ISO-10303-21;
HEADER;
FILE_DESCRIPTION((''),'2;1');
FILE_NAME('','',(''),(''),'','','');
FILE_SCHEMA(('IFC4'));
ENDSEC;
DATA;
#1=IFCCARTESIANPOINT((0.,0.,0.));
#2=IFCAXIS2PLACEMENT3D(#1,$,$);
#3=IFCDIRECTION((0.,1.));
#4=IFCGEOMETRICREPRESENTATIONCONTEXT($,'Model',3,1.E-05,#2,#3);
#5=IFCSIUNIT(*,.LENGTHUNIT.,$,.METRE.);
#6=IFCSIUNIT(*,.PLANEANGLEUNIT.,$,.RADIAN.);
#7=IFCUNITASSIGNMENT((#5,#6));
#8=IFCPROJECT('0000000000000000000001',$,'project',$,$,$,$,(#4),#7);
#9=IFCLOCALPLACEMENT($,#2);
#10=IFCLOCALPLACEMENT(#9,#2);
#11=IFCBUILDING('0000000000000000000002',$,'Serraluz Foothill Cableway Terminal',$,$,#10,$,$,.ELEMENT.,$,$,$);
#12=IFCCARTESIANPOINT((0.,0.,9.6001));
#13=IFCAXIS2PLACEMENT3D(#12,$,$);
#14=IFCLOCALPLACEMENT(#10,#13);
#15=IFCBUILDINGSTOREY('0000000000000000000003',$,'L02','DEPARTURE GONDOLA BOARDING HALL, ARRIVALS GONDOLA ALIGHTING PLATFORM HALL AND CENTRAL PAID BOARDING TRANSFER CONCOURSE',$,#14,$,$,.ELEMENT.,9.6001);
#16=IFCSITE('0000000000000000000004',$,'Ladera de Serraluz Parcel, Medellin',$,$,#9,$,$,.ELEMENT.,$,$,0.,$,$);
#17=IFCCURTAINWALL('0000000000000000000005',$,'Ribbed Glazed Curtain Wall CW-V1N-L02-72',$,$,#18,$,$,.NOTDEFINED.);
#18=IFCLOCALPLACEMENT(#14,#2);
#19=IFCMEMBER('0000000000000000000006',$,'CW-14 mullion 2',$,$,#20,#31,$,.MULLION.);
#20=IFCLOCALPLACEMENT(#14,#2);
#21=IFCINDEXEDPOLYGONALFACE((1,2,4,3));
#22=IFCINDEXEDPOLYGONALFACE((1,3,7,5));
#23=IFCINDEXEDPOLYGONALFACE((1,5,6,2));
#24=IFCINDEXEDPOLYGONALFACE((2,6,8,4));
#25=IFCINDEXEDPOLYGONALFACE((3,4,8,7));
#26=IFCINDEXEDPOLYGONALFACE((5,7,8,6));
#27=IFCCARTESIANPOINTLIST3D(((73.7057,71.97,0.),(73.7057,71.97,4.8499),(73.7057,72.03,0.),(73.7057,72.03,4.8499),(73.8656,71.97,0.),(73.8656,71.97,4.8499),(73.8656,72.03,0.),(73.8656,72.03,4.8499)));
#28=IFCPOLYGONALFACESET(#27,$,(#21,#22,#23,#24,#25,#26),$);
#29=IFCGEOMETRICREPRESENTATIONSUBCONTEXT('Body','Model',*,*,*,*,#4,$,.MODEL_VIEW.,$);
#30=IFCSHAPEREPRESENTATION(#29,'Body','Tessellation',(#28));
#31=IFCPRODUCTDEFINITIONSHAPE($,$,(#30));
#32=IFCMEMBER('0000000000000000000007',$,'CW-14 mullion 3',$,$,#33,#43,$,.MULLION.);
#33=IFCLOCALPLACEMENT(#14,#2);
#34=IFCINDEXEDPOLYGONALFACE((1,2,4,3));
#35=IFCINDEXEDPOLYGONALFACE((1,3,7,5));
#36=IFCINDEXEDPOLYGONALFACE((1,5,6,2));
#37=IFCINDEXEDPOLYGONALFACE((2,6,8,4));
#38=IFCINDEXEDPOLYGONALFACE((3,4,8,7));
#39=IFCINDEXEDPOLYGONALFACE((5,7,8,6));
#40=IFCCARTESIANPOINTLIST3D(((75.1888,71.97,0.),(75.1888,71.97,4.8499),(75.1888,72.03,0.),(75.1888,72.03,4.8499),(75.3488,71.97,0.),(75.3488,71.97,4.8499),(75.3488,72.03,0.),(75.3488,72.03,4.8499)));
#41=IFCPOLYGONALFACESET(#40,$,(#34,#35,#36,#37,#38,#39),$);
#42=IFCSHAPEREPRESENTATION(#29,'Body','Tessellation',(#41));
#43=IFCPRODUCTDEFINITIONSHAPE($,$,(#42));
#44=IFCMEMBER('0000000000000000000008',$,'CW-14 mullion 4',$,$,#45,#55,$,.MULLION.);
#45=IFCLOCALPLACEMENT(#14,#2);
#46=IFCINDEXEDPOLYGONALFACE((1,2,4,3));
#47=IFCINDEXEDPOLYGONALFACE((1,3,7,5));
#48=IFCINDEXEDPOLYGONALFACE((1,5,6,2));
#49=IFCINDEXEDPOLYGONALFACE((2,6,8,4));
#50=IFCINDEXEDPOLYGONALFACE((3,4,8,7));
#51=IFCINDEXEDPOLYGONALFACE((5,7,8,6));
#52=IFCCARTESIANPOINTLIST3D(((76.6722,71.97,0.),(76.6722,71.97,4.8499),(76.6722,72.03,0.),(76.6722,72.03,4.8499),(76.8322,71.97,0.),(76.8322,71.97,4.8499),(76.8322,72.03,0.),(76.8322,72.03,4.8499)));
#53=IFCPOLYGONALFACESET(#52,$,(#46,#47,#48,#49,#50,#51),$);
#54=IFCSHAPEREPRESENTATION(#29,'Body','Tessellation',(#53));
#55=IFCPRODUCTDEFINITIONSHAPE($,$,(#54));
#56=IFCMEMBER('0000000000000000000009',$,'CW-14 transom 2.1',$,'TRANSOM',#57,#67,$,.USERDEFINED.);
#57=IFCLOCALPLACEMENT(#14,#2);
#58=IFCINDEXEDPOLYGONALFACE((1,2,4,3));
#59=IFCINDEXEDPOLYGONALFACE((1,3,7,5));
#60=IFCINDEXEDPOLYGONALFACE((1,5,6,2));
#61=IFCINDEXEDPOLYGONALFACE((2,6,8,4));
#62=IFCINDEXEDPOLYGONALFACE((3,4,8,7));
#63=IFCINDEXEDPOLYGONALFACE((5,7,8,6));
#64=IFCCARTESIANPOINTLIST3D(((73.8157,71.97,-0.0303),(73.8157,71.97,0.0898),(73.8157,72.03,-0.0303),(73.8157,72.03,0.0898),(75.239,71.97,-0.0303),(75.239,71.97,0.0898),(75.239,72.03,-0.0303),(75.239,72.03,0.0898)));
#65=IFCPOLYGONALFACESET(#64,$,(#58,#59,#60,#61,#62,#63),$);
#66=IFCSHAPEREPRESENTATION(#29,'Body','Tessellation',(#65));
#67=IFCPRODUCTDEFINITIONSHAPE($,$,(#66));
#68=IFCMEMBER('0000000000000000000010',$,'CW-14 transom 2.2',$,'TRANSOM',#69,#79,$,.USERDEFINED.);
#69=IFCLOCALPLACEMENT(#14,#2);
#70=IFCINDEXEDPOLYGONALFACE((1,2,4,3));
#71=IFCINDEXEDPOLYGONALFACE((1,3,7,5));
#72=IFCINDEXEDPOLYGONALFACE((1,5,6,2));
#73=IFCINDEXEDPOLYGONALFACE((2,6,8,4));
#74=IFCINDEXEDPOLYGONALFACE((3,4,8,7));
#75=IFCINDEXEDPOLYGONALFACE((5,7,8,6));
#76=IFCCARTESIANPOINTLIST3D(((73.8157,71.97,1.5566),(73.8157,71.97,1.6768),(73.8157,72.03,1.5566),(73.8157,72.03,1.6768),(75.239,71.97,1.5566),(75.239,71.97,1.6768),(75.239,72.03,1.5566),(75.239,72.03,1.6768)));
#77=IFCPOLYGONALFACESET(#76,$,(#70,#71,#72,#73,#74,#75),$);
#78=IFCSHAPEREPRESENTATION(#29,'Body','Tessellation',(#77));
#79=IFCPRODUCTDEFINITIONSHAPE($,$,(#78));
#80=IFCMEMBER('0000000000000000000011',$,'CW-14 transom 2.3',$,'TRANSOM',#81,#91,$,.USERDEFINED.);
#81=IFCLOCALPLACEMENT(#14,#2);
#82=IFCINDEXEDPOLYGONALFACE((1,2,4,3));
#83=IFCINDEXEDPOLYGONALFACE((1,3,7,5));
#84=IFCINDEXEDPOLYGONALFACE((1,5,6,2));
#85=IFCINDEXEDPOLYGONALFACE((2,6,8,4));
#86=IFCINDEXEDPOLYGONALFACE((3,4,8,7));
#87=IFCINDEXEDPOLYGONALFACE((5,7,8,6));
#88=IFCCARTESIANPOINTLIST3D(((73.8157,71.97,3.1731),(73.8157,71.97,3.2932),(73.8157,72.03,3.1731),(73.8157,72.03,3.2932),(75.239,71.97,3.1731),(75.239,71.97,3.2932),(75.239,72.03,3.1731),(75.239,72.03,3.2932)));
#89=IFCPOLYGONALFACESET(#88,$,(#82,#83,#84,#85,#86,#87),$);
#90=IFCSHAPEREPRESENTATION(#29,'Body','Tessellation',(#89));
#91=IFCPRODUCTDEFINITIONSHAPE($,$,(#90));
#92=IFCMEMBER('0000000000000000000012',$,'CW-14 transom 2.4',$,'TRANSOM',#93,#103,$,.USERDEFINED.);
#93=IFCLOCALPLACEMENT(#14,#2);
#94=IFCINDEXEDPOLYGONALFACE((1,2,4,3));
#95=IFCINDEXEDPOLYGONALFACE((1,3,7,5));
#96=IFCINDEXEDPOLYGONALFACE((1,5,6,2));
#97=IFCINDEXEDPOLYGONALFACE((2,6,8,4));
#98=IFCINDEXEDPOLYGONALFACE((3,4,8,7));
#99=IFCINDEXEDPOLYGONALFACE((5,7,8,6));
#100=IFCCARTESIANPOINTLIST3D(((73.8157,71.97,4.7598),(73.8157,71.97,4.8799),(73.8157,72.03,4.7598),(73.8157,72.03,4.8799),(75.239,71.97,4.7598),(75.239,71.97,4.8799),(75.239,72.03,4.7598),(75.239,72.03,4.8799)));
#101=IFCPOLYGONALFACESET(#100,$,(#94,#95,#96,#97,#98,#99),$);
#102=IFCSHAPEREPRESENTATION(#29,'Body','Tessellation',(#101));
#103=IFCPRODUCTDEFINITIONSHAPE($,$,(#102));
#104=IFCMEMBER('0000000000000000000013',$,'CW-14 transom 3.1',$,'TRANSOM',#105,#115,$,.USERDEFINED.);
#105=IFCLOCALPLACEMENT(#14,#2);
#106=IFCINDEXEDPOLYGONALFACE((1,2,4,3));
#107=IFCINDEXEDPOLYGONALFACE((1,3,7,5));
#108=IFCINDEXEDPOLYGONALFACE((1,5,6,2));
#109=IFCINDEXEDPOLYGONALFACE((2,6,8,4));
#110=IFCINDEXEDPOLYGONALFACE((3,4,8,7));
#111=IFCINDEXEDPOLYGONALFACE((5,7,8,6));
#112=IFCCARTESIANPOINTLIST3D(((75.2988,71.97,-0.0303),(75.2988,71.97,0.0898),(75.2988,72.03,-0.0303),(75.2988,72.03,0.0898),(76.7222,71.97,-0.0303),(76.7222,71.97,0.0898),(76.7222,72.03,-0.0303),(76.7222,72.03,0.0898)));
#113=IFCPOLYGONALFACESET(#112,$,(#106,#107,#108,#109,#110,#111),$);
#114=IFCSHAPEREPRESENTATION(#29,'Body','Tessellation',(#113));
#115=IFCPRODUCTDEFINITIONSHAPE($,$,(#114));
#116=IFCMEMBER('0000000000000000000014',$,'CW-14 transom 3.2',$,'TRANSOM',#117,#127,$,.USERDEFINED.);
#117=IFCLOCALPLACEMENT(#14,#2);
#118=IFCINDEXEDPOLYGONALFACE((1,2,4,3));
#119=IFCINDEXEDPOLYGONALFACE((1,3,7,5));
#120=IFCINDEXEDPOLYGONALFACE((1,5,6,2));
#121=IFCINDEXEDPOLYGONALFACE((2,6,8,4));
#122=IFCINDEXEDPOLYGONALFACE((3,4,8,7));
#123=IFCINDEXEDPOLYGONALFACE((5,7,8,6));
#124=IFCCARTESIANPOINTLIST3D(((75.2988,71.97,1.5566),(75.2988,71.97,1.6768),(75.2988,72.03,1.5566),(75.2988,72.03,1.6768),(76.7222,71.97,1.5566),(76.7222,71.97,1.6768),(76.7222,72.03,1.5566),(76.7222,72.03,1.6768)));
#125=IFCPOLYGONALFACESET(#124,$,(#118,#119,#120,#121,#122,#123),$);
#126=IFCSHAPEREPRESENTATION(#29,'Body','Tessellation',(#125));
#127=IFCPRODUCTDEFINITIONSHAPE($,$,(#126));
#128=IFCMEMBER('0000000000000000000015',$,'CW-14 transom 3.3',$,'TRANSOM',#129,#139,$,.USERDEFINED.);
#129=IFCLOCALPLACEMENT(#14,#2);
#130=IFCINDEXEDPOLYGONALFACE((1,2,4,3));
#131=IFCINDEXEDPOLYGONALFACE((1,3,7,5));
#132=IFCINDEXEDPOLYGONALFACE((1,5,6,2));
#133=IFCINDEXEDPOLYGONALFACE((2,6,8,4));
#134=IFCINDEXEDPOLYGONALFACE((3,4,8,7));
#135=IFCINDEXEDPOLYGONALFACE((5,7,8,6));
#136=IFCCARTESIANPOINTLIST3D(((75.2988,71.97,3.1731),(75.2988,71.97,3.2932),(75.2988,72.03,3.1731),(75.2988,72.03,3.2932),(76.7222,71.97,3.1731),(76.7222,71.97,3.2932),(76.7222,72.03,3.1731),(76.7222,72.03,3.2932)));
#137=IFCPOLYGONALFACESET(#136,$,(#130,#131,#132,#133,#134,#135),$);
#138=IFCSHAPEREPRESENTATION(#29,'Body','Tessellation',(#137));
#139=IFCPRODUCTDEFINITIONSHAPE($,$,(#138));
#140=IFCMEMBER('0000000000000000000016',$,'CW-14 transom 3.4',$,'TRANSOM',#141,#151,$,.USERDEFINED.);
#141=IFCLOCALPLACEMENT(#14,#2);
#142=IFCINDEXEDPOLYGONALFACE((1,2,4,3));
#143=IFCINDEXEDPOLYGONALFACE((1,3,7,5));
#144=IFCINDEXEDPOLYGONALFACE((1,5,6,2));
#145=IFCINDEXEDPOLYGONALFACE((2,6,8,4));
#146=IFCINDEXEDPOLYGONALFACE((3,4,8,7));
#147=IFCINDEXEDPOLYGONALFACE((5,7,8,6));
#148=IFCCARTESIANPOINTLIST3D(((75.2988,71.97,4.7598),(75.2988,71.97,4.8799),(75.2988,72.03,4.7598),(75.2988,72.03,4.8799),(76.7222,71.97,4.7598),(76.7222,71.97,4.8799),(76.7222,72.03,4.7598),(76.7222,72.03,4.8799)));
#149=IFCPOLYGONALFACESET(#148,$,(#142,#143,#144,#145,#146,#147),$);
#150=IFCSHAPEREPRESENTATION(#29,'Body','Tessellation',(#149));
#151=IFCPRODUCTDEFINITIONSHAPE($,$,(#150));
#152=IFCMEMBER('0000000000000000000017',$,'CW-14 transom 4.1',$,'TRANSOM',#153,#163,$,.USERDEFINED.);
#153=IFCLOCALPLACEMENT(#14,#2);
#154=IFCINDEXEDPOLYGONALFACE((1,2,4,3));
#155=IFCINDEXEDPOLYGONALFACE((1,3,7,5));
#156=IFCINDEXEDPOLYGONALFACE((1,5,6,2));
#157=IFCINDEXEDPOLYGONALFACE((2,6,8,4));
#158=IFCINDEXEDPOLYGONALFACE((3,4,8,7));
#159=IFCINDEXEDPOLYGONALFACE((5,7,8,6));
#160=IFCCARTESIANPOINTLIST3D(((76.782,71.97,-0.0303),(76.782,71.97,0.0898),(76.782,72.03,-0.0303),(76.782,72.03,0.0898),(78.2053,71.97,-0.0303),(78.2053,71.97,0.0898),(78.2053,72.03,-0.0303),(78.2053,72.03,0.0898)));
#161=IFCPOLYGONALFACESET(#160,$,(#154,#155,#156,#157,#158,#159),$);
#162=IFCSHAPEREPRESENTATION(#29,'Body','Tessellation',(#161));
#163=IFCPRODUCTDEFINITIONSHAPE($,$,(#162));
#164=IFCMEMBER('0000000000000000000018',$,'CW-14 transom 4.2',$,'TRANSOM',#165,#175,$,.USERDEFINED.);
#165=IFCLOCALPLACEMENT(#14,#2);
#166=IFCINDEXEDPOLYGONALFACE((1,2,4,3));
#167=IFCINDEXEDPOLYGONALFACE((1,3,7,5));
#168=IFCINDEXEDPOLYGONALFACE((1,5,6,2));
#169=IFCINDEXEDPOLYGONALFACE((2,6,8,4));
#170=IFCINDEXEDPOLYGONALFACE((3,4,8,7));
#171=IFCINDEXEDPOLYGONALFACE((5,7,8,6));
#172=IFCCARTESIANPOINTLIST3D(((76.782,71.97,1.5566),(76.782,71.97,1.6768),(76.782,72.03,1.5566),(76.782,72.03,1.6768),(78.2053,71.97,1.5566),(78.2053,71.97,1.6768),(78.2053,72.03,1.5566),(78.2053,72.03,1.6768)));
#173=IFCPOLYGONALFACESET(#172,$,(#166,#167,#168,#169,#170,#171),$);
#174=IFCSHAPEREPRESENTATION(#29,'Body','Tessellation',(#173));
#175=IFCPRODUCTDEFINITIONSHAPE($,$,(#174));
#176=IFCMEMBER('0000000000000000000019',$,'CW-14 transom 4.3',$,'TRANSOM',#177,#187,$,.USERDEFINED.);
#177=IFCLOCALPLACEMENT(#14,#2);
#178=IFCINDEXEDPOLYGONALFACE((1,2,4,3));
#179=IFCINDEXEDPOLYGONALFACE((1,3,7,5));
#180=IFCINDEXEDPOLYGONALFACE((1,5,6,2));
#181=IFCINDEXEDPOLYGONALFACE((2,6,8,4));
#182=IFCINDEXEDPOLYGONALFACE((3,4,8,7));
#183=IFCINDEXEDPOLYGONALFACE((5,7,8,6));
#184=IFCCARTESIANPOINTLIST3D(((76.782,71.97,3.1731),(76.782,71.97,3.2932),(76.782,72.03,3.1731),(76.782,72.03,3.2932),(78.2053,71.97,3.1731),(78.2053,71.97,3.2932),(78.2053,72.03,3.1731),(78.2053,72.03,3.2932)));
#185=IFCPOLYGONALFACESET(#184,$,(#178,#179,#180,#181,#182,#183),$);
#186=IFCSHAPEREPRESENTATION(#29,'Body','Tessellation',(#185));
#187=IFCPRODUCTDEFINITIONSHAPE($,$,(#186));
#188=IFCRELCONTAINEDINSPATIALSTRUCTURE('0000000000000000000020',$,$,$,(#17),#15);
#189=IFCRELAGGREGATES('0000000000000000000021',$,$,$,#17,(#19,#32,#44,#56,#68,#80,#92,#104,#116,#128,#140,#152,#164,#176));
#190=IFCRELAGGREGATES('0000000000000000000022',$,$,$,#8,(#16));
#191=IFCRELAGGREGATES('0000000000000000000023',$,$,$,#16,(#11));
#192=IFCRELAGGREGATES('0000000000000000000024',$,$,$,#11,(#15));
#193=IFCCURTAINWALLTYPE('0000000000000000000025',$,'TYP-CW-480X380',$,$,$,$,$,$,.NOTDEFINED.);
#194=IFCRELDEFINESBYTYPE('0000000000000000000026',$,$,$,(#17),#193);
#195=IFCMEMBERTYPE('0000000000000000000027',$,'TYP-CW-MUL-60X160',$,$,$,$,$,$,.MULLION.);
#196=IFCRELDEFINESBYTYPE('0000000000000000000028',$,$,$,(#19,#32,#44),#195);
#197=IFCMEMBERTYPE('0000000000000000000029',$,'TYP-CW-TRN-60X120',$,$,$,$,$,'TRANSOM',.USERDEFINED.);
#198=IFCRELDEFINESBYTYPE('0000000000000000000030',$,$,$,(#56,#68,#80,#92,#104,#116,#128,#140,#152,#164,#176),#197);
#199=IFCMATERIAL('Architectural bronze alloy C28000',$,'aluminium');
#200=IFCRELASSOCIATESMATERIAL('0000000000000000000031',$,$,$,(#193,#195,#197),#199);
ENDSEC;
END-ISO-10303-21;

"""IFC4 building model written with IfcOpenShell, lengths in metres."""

from ifc_helpers import new_model, si_unit, direction, frame, origin, origin_2d, place, context, subcontext, project, spatial, rectangle, extrude, material, material_profile, profile_set, type_object, element, aggregate, save


model = new_model("IFC4")

# Units and contexts
model_context = context("Model", 3, precision=1e-05, world=origin(), true_north=direction((0.0, 1.0)))
body_context = subcontext(model_context, "Body", "Model", "MODEL_VIEW")
ifc_project = project(units=[si_unit("LENGTHUNIT", "METRE"), si_unit("PLANEANGLEUNIT", "RADIAN")], contexts=[model_context])

# Site, building, storey
site_placement = place(None, origin())
site = spatial("IfcSite", under=ifc_project, at=site_placement, Name="Ladera de Serraluz Parcel, Medellin", CompositionType="ELEMENT", RefElevation=0.0)
building_placement = place(site_placement, origin())
building = spatial("IfcBuilding", under=site, at=building_placement, Name="Serraluz Foothill Cableway Terminal", CompositionType="ELEMENT")
storey_placement = place(building_placement, frame((0.0, 0.0, 9.6001)))
storey = spatial("IfcBuildingStorey", under=building, at=storey_placement, Name="L02", Description="DEPARTURE GONDOLA BOARDING HALL, ARRIVALS GONDOLA ALIGHTING PLATFORM HALL AND CENTRAL PAID BOARDING TRANSFER CONCOURSE", CompositionType="ELEMENT", Elevation=9.6001)

# Curtain wall, members
ifc_material_1 = material(Name="Architectural bronze alloy C28000", Category="aluminium")
curtain_wall_type = type_object("IfcCurtainWallType", Name="TYP-CW-480X380", PredefinedType="NOTDEFINED", material=ifc_material_1)
curtain_wall_placement = place(storey_placement, origin())
curtain_wall = element("IfcCurtainWall", 1, at=curtain_wall_placement, inside=storey, type_object=curtain_wall_type, Name="Ribbed Glazed Curtain Wall CW-V1N-L02-72", PredefinedType="NOTDEFINED")
ifc_material_profile_1 = material_profile(ifc_material_1, rectangle(XDim=0.0601, YDim=0.1599, at=origin_2d()), Name="ALU MULLION 60x160")
ifc_profile_set_1 = profile_set([ifc_material_profile_1], Name="Architectural bronze alloy C28000")
member_type_1 = type_object("IfcMemberType", Name="TYP-CW-MUL-60X160", PredefinedType="MULLION", material=ifc_profile_set_1)
member_1_placement = place(storey_placement, frame((73.7856, 72.0, 0.0), z_axis=(0.0, 0.0, 1.0), x_axis=(0.0, 1.0, 0.0)))
member_1 = element("IfcMember", 2, at=member_1_placement, type_object=member_type_1, Name="CW-14 mullion 2", PredefinedType="MULLION", context=body_context, shape_type="SweptSolid", body=[
    extrude(rectangle(XDim=0.0601, YDim=0.1599, at=origin_2d()), origin(), (0.0, 0.0, 1.0), 4.8499),
])
member_2_placement = place(storey_placement, frame((75.2688, 72.0, 0.0), z_axis=(0.0, 0.0, 1.0), x_axis=(0.0, 1.0, 0.0)))
member_2 = element("IfcMember", 3, at=member_2_placement, type_object=member_type_1, Name="CW-14 mullion 3", PredefinedType="MULLION", context=body_context, shape_type="SweptSolid", body=[
    extrude(rectangle(XDim=0.0601, YDim=0.1599, at=origin_2d()), origin(), (0.0, 0.0, 1.0), 4.8499),
])
member_3_placement = place(storey_placement, frame((76.7522, 72.0, 0.0), z_axis=(0.0, 0.0, 1.0), x_axis=(0.0, 1.0, 0.0)))
member_3 = element("IfcMember", 4, at=member_3_placement, type_object=member_type_1, Name="CW-14 mullion 4", PredefinedType="MULLION", context=body_context, shape_type="SweptSolid", body=[
    extrude(rectangle(XDim=0.0601, YDim=0.1599, at=origin_2d()), origin(), (0.0, 0.0, 1.0), 4.8499),
])
ifc_material_profile_2 = material_profile(ifc_material_1, rectangle(XDim=0.0601, YDim=0.1201, at=origin_2d()), Name="ALU TRANSOM 60x120")
ifc_profile_set_2 = profile_set([ifc_material_profile_2], Name="Architectural bronze alloy C28000")
member_type_2 = type_object("IfcMemberType", Name="TYP-CW-TRN-60X120", ElementType="TRANSOM", PredefinedType="USERDEFINED", material=ifc_profile_set_2)
member_4_placement = place(storey_placement, frame((73.8157, 72.0, 0.0298), z_axis=(1.0, 0.0, 0.0), x_axis=(0.0, 1.0, 0.0)))
member_4 = element("IfcMember", 5, at=member_4_placement, type_object=member_type_2, Name="CW-14 transom 2.1", ObjectType="TRANSOM", PredefinedType="USERDEFINED", context=body_context, shape_type="SweptSolid", body=[
    extrude(rectangle(XDim=0.0601, YDim=0.1201, at=origin_2d()), origin(), (0.0, 0.0, 1.0), 1.4233),
])
member_5_placement = place(storey_placement, frame((73.8157, 72.0, 1.6167), z_axis=(1.0, 0.0, 0.0), x_axis=(0.0, 1.0, 0.0)))
member_5 = element("IfcMember", 6, at=member_5_placement, type_object=member_type_2, Name="CW-14 transom 2.2", ObjectType="TRANSOM", PredefinedType="USERDEFINED", context=body_context, shape_type="SweptSolid", body=[
    extrude(rectangle(XDim=0.0601, YDim=0.1201, at=origin_2d()), origin(), (0.0, 0.0, 1.0), 1.4233),
])
member_6_placement = place(storey_placement, frame((73.8157, 72.0, 3.2332), z_axis=(1.0, 0.0, 0.0), x_axis=(0.0, 1.0, 0.0)))
member_6 = element("IfcMember", 7, at=member_6_placement, type_object=member_type_2, Name="CW-14 transom 2.3", ObjectType="TRANSOM", PredefinedType="USERDEFINED", context=body_context, shape_type="SweptSolid", body=[
    extrude(rectangle(XDim=0.0601, YDim=0.1201, at=origin_2d()), origin(), (0.0, 0.0, 1.0), 1.4233),
])
member_7_placement = place(storey_placement, frame((73.8157, 72.0, 4.8198), z_axis=(1.0, 0.0, 0.0), x_axis=(0.0, 1.0, 0.0)))
member_7 = element("IfcMember", 8, at=member_7_placement, type_object=member_type_2, Name="CW-14 transom 2.4", ObjectType="TRANSOM", PredefinedType="USERDEFINED", context=body_context, shape_type="SweptSolid", body=[
    extrude(rectangle(XDim=0.0601, YDim=0.1201, at=origin_2d()), origin(), (0.0, 0.0, 1.0), 1.4233),
])
member_8_placement = place(storey_placement, frame((75.2988, 72.0, 0.0298), z_axis=(1.0, 0.0, 0.0), x_axis=(0.0, 1.0, 0.0)))
member_8 = element("IfcMember", 9, at=member_8_placement, type_object=member_type_2, Name="CW-14 transom 3.1", ObjectType="TRANSOM", PredefinedType="USERDEFINED", context=body_context, shape_type="SweptSolid", body=[
    extrude(rectangle(XDim=0.0601, YDim=0.1201, at=origin_2d()), origin(), (0.0, 0.0, 1.0), 1.4233),
])
member_9_placement = place(storey_placement, frame((75.2988, 72.0, 1.6167), z_axis=(1.0, 0.0, 0.0), x_axis=(0.0, 1.0, 0.0)))
member_9 = element("IfcMember", 10, at=member_9_placement, type_object=member_type_2, Name="CW-14 transom 3.2", ObjectType="TRANSOM", PredefinedType="USERDEFINED", context=body_context, shape_type="SweptSolid", body=[
    extrude(rectangle(XDim=0.0601, YDim=0.1201, at=origin_2d()), origin(), (0.0, 0.0, 1.0), 1.4233),
])
member_10_placement = place(storey_placement, frame((75.2988, 72.0, 3.2332), z_axis=(1.0, 0.0, 0.0), x_axis=(0.0, 1.0, 0.0)))
member_10 = element("IfcMember", 11, at=member_10_placement, type_object=member_type_2, Name="CW-14 transom 3.3", ObjectType="TRANSOM", PredefinedType="USERDEFINED", context=body_context, shape_type="SweptSolid", body=[
    extrude(rectangle(XDim=0.0601, YDim=0.1201, at=origin_2d()), origin(), (0.0, 0.0, 1.0), 1.4233),
])
member_11_placement = place(storey_placement, frame((75.2988, 72.0, 4.8198), z_axis=(1.0, 0.0, 0.0), x_axis=(0.0, 1.0, 0.0)))
member_11 = element("IfcMember", 12, at=member_11_placement, type_object=member_type_2, Name="CW-14 transom 3.4", ObjectType="TRANSOM", PredefinedType="USERDEFINED", context=body_context, shape_type="SweptSolid", body=[
    extrude(rectangle(XDim=0.0601, YDim=0.1201, at=origin_2d()), origin(), (0.0, 0.0, 1.0), 1.4233),
])
member_12_placement = place(storey_placement, frame((76.782, 72.0, 0.0298), z_axis=(1.0, 0.0, 0.0), x_axis=(0.0, 1.0, 0.0)))
member_12 = element("IfcMember", 13, at=member_12_placement, type_object=member_type_2, Name="CW-14 transom 4.1", ObjectType="TRANSOM", PredefinedType="USERDEFINED", context=body_context, shape_type="SweptSolid", body=[
    extrude(rectangle(XDim=0.0601, YDim=0.1201, at=origin_2d()), origin(), (0.0, 0.0, 1.0), 1.4233),
])
member_13_placement = place(storey_placement, frame((76.782, 72.0, 1.6167), z_axis=(1.0, 0.0, 0.0), x_axis=(0.0, 1.0, 0.0)))
member_13 = element("IfcMember", 14, at=member_13_placement, type_object=member_type_2, Name="CW-14 transom 4.2", ObjectType="TRANSOM", PredefinedType="USERDEFINED", context=body_context, shape_type="SweptSolid", body=[
    extrude(rectangle(XDim=0.0601, YDim=0.1201, at=origin_2d()), origin(), (0.0, 0.0, 1.0), 1.4233),
])
member_14_placement = place(storey_placement, frame((76.782, 72.0, 3.2332), z_axis=(1.0, 0.0, 0.0), x_axis=(0.0, 1.0, 0.0)))
member_14 = element("IfcMember", 15, at=member_14_placement, type_object=member_type_2, Name="CW-14 transom 4.3", ObjectType="TRANSOM", PredefinedType="USERDEFINED", context=body_context, shape_type="SweptSolid", body=[
    extrude(rectangle(XDim=0.0601, YDim=0.1201, at=origin_2d()), origin(), (0.0, 0.0, 1.0), 1.4233),
])
aggregate(curtain_wall, [member_1, member_2, member_3, member_4, member_5, member_6, member_7, member_8, member_9, member_10, member_11, member_12, member_13, member_14])

save(model, "model.ifc")
